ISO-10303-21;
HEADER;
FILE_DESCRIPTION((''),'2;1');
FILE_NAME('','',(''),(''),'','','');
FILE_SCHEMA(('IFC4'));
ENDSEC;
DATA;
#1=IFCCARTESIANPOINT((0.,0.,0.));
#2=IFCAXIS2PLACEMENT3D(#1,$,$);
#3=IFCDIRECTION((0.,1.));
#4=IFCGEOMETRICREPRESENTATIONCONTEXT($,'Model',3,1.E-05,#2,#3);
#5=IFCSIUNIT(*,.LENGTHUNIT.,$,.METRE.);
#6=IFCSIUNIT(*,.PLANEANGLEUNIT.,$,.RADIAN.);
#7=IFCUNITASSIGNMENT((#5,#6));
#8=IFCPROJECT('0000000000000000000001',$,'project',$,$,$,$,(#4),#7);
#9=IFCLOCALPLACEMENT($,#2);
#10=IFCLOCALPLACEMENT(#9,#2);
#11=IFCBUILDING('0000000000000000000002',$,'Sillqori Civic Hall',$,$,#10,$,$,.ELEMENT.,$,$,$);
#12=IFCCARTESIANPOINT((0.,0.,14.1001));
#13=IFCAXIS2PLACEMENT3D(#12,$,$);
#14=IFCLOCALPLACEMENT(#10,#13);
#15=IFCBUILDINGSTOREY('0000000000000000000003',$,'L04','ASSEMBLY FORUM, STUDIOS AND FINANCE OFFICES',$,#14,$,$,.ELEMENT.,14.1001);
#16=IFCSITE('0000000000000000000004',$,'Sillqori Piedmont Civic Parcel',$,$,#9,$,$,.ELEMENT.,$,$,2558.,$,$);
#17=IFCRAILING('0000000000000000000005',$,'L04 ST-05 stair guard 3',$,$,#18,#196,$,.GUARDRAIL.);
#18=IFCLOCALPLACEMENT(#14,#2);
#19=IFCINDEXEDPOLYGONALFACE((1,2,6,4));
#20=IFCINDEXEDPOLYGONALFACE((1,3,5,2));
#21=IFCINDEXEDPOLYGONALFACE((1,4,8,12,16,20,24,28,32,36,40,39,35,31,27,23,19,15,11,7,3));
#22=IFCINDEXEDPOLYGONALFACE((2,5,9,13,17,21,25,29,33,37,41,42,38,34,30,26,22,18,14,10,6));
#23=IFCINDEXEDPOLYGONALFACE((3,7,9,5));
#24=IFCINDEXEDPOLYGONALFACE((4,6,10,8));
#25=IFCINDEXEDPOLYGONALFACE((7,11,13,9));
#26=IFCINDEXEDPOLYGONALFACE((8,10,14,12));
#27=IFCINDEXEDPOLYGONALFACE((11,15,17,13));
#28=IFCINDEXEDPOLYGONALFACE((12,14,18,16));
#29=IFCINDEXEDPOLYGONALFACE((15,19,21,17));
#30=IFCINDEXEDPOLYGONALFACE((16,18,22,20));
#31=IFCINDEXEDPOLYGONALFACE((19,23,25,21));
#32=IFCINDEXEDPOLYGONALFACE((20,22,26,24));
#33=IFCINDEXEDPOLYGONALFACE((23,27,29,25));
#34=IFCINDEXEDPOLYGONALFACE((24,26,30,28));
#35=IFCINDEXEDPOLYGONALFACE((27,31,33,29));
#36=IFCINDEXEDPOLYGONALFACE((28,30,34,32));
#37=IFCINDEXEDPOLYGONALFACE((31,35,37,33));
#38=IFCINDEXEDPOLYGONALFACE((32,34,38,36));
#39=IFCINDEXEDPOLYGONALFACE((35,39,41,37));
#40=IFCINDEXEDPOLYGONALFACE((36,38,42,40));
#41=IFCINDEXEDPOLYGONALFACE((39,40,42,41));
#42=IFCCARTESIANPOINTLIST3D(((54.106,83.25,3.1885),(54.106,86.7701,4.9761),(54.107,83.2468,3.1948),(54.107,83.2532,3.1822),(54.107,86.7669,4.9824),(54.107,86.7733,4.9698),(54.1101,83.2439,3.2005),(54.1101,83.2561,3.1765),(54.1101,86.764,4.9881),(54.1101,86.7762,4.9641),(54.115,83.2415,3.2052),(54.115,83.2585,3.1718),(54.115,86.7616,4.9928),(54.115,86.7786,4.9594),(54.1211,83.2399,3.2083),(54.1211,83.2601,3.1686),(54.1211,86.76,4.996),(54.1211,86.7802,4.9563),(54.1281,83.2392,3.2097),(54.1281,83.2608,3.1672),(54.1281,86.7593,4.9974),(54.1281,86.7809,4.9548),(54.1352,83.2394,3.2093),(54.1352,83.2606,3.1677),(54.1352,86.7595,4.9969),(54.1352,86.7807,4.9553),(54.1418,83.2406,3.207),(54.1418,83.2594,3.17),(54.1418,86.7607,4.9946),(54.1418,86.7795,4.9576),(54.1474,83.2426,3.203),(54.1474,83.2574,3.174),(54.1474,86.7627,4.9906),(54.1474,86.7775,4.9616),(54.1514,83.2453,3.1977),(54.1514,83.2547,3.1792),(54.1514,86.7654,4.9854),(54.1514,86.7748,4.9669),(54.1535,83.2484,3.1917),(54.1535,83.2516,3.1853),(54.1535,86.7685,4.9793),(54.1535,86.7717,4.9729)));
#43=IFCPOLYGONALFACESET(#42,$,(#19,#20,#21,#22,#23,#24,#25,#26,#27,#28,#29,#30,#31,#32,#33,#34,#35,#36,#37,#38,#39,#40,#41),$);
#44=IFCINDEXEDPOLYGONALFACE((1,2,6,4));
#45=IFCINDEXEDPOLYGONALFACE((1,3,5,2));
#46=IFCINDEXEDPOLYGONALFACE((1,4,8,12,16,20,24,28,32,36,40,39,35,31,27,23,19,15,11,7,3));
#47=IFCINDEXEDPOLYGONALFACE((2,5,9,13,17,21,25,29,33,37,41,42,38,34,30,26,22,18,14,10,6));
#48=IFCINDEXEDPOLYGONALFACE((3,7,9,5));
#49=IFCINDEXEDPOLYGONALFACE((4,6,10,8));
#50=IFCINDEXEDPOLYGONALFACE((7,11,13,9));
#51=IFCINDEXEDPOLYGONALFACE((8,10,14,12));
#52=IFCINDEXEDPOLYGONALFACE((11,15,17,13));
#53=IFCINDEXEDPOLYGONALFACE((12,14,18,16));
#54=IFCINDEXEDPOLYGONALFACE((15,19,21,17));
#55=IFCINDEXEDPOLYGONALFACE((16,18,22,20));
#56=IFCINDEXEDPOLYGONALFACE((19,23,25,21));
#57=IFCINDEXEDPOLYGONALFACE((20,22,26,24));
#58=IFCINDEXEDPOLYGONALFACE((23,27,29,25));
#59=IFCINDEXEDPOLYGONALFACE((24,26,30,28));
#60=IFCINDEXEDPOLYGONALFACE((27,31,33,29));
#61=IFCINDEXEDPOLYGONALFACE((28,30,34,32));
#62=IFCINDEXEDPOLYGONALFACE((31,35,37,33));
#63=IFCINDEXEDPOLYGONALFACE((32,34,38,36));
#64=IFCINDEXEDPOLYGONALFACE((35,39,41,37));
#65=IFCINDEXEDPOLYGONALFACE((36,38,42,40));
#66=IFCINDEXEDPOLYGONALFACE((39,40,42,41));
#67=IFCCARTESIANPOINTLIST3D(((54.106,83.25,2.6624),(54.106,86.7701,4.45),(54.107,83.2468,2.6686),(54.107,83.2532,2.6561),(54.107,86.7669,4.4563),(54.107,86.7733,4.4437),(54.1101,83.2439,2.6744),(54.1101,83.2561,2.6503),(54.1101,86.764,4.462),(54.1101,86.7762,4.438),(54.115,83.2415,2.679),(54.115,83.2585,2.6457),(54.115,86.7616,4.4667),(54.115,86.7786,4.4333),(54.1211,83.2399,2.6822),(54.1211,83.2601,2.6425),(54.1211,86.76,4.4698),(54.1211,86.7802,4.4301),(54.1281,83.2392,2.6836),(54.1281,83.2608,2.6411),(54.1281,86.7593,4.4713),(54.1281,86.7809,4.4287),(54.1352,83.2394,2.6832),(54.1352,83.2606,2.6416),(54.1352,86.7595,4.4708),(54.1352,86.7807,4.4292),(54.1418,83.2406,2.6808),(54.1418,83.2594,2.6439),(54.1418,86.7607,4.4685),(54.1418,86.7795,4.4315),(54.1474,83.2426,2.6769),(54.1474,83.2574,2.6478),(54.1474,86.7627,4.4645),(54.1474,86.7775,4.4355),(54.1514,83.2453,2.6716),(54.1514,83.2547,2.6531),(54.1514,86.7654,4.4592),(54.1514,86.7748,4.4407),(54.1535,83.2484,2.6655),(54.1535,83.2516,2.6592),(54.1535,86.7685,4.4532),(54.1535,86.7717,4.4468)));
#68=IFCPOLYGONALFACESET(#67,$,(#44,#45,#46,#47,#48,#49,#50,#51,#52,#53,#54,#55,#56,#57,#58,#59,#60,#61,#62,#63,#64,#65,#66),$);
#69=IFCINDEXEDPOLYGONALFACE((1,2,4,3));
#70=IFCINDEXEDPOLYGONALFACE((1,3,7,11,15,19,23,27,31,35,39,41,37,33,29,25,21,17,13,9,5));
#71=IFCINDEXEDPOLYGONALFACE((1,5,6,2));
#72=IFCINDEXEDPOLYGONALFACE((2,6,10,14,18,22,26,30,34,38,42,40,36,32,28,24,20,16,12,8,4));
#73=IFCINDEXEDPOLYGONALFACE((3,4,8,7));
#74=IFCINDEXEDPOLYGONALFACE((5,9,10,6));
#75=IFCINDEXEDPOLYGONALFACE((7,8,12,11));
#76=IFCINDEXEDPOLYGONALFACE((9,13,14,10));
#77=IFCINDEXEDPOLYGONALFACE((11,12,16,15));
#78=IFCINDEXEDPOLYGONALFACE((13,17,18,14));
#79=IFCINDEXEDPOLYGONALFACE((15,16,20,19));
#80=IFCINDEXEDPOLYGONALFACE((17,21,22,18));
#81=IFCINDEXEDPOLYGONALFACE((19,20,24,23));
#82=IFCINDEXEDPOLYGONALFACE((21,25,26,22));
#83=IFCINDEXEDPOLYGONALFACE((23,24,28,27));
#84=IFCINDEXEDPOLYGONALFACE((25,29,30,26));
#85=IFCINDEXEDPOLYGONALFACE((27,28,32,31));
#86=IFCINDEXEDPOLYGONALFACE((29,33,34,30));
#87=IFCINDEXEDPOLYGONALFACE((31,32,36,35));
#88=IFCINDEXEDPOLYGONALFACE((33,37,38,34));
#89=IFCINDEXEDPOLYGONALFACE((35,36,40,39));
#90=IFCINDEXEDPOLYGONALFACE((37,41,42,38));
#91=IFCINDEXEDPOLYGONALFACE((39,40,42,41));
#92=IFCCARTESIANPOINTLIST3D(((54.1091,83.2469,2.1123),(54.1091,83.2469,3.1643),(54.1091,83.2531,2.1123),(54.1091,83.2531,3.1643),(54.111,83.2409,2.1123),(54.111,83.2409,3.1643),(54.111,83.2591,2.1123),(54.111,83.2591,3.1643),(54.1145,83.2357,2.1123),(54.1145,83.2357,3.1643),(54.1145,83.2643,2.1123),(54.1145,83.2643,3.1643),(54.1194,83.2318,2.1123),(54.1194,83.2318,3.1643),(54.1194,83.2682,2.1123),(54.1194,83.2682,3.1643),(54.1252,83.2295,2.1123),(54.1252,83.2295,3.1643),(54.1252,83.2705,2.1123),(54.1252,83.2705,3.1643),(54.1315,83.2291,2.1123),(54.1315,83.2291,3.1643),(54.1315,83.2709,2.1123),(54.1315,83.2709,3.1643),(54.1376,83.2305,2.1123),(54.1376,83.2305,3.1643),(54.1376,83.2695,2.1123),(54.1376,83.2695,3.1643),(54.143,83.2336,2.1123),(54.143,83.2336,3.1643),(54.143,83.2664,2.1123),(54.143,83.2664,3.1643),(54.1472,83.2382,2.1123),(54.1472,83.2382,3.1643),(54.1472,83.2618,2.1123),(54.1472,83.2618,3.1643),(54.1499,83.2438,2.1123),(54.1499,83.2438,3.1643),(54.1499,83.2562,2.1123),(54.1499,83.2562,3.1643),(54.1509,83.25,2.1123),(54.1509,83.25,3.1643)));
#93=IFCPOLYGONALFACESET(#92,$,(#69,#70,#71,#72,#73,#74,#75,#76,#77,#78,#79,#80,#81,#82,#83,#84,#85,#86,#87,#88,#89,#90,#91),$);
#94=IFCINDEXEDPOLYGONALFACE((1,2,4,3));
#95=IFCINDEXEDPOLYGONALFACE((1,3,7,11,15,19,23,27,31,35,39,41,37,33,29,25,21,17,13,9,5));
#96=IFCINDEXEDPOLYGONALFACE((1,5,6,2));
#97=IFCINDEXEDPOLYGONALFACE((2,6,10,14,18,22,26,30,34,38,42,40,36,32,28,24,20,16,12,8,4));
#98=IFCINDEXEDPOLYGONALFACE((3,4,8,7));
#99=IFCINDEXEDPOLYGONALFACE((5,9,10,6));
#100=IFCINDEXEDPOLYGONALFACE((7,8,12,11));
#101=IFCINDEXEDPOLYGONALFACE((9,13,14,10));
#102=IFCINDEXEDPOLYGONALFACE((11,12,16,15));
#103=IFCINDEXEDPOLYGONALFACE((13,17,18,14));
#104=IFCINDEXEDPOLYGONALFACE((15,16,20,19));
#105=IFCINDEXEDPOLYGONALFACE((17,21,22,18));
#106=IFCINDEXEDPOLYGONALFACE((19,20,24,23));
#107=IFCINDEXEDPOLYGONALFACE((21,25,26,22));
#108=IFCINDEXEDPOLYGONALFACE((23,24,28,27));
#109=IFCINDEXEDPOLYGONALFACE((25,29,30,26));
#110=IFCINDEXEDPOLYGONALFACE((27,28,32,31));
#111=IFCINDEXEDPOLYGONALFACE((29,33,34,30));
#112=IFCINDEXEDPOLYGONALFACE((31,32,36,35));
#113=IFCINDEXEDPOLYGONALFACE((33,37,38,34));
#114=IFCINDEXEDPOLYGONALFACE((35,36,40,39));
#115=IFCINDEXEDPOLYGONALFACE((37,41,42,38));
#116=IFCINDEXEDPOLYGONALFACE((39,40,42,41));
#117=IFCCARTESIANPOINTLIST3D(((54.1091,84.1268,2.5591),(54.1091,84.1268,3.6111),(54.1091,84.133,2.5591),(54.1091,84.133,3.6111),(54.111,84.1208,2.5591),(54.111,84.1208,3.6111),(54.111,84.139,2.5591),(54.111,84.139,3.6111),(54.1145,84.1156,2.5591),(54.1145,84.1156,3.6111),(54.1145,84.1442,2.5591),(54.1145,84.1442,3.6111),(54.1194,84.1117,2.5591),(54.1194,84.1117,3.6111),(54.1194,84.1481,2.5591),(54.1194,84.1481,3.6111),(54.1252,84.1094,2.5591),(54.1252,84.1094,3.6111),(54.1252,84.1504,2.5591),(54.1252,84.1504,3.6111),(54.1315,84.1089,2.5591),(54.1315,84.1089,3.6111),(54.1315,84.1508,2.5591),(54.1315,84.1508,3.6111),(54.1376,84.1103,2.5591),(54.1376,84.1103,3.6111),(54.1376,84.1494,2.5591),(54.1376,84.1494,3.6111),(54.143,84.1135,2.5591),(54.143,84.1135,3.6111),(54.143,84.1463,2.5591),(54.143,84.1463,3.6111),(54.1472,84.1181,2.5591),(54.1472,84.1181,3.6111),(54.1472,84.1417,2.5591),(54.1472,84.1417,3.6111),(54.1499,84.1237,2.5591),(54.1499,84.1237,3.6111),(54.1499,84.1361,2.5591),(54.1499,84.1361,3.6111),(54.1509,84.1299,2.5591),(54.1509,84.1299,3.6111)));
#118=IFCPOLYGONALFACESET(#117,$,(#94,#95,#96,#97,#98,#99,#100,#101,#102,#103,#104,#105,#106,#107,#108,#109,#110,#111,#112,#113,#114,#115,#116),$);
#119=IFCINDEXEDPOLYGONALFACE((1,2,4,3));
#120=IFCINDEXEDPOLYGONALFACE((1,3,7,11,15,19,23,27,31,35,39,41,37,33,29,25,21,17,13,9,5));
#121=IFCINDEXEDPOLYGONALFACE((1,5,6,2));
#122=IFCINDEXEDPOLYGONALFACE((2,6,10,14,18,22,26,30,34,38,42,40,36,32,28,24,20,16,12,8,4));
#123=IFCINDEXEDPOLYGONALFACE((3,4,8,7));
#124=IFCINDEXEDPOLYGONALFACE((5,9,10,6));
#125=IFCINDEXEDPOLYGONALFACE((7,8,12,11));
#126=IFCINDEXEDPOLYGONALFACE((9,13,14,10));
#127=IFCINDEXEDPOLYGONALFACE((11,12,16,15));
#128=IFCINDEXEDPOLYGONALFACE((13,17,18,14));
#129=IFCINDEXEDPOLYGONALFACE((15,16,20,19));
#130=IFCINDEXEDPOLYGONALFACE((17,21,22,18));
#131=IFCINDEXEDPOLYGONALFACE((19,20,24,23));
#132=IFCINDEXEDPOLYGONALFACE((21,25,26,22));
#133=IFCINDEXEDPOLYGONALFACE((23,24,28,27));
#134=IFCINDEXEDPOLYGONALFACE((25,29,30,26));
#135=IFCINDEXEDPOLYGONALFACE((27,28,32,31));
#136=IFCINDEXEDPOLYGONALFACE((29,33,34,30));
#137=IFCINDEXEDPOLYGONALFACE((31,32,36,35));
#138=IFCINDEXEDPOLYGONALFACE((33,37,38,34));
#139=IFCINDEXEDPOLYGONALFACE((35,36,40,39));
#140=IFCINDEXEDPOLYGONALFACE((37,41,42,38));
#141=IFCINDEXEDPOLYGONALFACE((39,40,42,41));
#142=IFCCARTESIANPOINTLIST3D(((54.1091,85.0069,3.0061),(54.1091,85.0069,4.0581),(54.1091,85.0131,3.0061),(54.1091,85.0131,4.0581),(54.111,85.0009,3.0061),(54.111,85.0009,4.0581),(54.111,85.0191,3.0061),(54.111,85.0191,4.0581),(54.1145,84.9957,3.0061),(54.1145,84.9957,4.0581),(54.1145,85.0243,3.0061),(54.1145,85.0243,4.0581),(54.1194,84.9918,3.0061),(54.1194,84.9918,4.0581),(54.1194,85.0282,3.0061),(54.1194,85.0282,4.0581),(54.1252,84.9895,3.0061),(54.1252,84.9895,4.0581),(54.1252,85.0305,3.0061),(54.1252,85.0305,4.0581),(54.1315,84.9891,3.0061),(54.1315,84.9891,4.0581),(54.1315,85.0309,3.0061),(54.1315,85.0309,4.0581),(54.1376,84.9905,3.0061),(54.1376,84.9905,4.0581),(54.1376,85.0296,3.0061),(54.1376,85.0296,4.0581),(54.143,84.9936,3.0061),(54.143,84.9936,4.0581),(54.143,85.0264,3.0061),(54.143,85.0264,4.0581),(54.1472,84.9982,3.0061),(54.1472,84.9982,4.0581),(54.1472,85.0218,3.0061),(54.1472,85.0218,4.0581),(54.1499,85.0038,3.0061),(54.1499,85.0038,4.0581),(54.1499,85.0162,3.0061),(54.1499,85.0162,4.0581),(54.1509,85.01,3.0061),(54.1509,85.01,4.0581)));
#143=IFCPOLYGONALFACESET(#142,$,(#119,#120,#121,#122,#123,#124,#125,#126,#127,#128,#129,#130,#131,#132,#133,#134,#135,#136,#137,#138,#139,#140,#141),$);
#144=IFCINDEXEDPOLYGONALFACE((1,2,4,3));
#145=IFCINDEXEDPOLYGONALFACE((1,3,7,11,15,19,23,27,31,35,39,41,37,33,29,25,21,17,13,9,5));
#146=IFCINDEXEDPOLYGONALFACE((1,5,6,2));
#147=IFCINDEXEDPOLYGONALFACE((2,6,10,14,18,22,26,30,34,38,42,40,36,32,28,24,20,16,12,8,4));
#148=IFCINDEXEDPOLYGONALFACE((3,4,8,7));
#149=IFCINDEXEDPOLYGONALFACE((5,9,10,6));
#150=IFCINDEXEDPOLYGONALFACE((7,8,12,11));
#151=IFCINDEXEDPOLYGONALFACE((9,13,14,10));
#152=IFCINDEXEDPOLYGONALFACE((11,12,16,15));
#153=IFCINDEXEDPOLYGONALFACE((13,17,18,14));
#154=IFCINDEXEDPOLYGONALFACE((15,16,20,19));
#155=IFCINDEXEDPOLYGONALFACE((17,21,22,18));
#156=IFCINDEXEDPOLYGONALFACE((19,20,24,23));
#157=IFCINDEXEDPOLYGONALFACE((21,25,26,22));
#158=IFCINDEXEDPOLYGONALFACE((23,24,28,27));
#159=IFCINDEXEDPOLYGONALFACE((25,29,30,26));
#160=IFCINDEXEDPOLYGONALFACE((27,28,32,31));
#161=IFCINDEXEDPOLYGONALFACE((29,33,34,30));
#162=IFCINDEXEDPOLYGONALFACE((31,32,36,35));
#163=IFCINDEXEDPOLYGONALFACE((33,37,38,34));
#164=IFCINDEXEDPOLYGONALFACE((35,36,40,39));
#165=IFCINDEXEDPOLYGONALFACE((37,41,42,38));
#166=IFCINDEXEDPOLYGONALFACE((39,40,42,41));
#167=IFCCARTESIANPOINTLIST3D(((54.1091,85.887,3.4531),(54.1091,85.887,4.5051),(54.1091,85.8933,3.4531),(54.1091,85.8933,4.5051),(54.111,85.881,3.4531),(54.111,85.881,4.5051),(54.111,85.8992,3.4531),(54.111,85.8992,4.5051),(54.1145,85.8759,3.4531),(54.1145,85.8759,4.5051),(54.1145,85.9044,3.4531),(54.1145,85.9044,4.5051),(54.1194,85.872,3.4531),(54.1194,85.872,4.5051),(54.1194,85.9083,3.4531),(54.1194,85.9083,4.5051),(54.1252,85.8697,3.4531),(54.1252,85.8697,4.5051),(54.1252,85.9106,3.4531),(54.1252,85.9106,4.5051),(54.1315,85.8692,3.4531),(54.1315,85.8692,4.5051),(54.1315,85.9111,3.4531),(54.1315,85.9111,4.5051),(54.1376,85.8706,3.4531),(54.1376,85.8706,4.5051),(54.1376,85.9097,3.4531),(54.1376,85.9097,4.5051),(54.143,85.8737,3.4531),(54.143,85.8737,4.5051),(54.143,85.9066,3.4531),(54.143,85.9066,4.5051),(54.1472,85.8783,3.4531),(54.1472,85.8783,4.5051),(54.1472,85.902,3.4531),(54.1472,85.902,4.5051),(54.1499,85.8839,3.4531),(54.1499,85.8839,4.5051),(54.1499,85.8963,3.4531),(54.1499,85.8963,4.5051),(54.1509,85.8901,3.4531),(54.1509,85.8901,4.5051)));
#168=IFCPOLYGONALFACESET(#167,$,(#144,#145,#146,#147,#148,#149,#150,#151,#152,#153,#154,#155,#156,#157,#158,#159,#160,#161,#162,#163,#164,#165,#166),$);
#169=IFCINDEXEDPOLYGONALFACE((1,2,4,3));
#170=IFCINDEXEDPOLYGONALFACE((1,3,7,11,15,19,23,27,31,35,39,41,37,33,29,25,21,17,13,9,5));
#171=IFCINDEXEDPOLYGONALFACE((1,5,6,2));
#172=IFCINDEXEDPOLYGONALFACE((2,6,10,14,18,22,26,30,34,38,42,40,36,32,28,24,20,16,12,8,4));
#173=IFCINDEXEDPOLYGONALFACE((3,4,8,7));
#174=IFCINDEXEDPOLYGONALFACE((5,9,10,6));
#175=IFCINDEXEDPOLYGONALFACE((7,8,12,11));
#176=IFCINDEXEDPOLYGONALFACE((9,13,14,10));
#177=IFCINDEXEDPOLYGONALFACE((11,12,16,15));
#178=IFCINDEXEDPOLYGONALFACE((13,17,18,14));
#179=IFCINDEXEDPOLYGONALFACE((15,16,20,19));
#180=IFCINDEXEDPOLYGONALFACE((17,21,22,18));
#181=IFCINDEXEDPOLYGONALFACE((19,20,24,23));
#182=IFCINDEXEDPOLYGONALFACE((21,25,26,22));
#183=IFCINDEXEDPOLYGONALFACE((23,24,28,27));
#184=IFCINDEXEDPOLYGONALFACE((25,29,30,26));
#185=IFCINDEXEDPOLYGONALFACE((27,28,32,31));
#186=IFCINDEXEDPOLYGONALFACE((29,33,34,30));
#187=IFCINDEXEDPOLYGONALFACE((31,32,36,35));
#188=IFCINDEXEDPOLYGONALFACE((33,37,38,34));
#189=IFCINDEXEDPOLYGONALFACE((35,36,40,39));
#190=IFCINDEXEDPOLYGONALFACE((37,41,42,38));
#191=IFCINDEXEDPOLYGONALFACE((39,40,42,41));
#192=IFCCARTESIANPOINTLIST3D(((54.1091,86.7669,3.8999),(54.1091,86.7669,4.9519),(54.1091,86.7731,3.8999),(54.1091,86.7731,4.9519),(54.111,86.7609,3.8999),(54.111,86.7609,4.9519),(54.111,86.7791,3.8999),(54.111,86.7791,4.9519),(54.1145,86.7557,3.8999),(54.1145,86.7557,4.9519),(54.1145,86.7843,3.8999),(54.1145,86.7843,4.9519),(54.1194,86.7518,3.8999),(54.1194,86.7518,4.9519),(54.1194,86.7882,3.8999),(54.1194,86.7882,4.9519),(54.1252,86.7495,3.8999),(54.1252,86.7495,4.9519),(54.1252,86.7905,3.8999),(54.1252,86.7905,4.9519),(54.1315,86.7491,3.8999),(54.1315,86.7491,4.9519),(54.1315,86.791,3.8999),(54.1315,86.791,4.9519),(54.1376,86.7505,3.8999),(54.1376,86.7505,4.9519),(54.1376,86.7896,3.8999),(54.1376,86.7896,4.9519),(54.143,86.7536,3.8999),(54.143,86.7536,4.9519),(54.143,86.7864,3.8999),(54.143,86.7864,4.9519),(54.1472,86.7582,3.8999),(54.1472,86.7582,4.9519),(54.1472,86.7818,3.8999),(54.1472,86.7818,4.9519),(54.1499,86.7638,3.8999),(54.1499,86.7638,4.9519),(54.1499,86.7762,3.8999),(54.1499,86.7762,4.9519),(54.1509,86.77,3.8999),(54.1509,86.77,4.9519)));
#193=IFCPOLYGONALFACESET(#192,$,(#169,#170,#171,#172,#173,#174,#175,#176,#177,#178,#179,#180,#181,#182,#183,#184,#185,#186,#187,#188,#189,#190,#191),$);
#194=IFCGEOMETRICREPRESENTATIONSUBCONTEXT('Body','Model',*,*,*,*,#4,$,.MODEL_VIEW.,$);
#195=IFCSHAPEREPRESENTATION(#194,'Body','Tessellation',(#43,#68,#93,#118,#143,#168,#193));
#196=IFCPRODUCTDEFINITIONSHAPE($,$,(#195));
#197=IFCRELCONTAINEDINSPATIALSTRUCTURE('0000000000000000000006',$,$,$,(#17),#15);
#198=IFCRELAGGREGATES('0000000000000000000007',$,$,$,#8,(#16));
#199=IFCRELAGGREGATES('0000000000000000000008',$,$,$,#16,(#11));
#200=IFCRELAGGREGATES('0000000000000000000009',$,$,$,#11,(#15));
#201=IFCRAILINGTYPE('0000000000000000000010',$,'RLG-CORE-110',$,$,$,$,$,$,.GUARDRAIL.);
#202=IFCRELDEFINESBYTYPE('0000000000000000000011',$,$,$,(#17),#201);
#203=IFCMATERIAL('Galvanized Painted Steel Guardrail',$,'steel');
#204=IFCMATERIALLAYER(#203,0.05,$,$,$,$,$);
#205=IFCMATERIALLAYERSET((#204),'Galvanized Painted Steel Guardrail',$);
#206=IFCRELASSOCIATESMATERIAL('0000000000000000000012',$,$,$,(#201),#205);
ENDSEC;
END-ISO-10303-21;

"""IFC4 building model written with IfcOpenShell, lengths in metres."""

from ifc_helpers import new_model, si_unit, direction, frame, origin, origin_2d, place, context, subcontext, project, spatial, circle, extrude, material, layer, layer_set, type_object, element, save


model = new_model("IFC4")

# Units and contexts
model_context = context("Model", 3, precision=1e-05, world=origin(), true_north=direction((0.0, 1.0)))
body_context = subcontext(model_context, "Body", "Model", "MODEL_VIEW")
ifc_project = project(units=[si_unit("LENGTHUNIT", "METRE"), si_unit("PLANEANGLEUNIT", "RADIAN")], contexts=[model_context])

# Site, building, storey
site_placement = place(None, origin())
site = spatial("IfcSite", under=ifc_project, at=site_placement, Name="Sillqori Piedmont Civic Parcel", CompositionType="ELEMENT", RefElevation=2558.0)
building_placement = place(site_placement, origin())
building = spatial("IfcBuilding", under=site, at=building_placement, Name="Sillqori Civic Hall", CompositionType="ELEMENT")
storey_placement = place(building_placement, frame((0.0, 0.0, 14.1001)))
storey = spatial("IfcBuildingStorey", under=building, at=storey_placement, Name="L04", Description="ASSEMBLY FORUM, STUDIOS AND FINANCE OFFICES", CompositionType="ELEMENT", Elevation=14.1001)

# Railing
ifc_material_1 = material(Name="Galvanized Painted Steel Guardrail", Category="steel")
ifc_layer_1 = layer(ifc_material_1, 0.05)
ifc_layer_set_1 = layer_set([ifc_layer_1], Name="Galvanized Painted Steel Guardrail")
railing_type_1 = type_object("IfcRailingType", Name="RLG-CORE-110", PredefinedType="GUARDRAIL", material=ifc_layer_set_1)
railing_1_placement = place(storey_placement, frame((54.1299, 83.25, 2.1123)))
element("IfcRailing", 1, at=railing_1_placement, inside=storey, type_object=railing_type_1, Name="L04 ST-05 stair guard 3", PredefinedType="GUARDRAIL", context=body_context, shape_type="SweptSolid", body=[
    extrude(circle(Radius=0.0239, at=origin_2d()), frame((0.0, 0.0, 1.0762), z_axis=(0.0, 0.891615, 0.452795), x_axis=(-1.0, 0.0, 0.0)), (0.0, 0.0, 1.0), 3.948),
    extrude(circle(Radius=0.0239, at=origin_2d()), frame((0.0, 0.0, 0.55), z_axis=(0.0, 0.891615, 0.452795), x_axis=(-1.0, 0.0, 0.0)), (0.0, 0.0, 1.0), 3.948),
    extrude(circle(Radius=0.021, at=origin_2d()), origin(), (0.0, 0.0, 1.0), 1.052),
    extrude(circle(Radius=0.021, at=origin_2d()), frame((0.0, 0.8799, 0.4468)), (0.0, 0.0, 1.0), 1.052),
    extrude(circle(Radius=0.021, at=origin_2d()), frame((0.0, 1.76, 0.8938)), (0.0, 0.0, 1.0), 1.052),
    extrude(circle(Radius=0.021, at=origin_2d()), frame((0.0, 2.6401, 1.3408)), (0.0, 0.0, 1.0), 1.052),
    extrude(circle(Radius=0.021, at=origin_2d()), frame((0.0, 3.52, 1.7876)), (0.0, 0.0, 1.0), 1.052),
])

save(model, "model.ifc")
